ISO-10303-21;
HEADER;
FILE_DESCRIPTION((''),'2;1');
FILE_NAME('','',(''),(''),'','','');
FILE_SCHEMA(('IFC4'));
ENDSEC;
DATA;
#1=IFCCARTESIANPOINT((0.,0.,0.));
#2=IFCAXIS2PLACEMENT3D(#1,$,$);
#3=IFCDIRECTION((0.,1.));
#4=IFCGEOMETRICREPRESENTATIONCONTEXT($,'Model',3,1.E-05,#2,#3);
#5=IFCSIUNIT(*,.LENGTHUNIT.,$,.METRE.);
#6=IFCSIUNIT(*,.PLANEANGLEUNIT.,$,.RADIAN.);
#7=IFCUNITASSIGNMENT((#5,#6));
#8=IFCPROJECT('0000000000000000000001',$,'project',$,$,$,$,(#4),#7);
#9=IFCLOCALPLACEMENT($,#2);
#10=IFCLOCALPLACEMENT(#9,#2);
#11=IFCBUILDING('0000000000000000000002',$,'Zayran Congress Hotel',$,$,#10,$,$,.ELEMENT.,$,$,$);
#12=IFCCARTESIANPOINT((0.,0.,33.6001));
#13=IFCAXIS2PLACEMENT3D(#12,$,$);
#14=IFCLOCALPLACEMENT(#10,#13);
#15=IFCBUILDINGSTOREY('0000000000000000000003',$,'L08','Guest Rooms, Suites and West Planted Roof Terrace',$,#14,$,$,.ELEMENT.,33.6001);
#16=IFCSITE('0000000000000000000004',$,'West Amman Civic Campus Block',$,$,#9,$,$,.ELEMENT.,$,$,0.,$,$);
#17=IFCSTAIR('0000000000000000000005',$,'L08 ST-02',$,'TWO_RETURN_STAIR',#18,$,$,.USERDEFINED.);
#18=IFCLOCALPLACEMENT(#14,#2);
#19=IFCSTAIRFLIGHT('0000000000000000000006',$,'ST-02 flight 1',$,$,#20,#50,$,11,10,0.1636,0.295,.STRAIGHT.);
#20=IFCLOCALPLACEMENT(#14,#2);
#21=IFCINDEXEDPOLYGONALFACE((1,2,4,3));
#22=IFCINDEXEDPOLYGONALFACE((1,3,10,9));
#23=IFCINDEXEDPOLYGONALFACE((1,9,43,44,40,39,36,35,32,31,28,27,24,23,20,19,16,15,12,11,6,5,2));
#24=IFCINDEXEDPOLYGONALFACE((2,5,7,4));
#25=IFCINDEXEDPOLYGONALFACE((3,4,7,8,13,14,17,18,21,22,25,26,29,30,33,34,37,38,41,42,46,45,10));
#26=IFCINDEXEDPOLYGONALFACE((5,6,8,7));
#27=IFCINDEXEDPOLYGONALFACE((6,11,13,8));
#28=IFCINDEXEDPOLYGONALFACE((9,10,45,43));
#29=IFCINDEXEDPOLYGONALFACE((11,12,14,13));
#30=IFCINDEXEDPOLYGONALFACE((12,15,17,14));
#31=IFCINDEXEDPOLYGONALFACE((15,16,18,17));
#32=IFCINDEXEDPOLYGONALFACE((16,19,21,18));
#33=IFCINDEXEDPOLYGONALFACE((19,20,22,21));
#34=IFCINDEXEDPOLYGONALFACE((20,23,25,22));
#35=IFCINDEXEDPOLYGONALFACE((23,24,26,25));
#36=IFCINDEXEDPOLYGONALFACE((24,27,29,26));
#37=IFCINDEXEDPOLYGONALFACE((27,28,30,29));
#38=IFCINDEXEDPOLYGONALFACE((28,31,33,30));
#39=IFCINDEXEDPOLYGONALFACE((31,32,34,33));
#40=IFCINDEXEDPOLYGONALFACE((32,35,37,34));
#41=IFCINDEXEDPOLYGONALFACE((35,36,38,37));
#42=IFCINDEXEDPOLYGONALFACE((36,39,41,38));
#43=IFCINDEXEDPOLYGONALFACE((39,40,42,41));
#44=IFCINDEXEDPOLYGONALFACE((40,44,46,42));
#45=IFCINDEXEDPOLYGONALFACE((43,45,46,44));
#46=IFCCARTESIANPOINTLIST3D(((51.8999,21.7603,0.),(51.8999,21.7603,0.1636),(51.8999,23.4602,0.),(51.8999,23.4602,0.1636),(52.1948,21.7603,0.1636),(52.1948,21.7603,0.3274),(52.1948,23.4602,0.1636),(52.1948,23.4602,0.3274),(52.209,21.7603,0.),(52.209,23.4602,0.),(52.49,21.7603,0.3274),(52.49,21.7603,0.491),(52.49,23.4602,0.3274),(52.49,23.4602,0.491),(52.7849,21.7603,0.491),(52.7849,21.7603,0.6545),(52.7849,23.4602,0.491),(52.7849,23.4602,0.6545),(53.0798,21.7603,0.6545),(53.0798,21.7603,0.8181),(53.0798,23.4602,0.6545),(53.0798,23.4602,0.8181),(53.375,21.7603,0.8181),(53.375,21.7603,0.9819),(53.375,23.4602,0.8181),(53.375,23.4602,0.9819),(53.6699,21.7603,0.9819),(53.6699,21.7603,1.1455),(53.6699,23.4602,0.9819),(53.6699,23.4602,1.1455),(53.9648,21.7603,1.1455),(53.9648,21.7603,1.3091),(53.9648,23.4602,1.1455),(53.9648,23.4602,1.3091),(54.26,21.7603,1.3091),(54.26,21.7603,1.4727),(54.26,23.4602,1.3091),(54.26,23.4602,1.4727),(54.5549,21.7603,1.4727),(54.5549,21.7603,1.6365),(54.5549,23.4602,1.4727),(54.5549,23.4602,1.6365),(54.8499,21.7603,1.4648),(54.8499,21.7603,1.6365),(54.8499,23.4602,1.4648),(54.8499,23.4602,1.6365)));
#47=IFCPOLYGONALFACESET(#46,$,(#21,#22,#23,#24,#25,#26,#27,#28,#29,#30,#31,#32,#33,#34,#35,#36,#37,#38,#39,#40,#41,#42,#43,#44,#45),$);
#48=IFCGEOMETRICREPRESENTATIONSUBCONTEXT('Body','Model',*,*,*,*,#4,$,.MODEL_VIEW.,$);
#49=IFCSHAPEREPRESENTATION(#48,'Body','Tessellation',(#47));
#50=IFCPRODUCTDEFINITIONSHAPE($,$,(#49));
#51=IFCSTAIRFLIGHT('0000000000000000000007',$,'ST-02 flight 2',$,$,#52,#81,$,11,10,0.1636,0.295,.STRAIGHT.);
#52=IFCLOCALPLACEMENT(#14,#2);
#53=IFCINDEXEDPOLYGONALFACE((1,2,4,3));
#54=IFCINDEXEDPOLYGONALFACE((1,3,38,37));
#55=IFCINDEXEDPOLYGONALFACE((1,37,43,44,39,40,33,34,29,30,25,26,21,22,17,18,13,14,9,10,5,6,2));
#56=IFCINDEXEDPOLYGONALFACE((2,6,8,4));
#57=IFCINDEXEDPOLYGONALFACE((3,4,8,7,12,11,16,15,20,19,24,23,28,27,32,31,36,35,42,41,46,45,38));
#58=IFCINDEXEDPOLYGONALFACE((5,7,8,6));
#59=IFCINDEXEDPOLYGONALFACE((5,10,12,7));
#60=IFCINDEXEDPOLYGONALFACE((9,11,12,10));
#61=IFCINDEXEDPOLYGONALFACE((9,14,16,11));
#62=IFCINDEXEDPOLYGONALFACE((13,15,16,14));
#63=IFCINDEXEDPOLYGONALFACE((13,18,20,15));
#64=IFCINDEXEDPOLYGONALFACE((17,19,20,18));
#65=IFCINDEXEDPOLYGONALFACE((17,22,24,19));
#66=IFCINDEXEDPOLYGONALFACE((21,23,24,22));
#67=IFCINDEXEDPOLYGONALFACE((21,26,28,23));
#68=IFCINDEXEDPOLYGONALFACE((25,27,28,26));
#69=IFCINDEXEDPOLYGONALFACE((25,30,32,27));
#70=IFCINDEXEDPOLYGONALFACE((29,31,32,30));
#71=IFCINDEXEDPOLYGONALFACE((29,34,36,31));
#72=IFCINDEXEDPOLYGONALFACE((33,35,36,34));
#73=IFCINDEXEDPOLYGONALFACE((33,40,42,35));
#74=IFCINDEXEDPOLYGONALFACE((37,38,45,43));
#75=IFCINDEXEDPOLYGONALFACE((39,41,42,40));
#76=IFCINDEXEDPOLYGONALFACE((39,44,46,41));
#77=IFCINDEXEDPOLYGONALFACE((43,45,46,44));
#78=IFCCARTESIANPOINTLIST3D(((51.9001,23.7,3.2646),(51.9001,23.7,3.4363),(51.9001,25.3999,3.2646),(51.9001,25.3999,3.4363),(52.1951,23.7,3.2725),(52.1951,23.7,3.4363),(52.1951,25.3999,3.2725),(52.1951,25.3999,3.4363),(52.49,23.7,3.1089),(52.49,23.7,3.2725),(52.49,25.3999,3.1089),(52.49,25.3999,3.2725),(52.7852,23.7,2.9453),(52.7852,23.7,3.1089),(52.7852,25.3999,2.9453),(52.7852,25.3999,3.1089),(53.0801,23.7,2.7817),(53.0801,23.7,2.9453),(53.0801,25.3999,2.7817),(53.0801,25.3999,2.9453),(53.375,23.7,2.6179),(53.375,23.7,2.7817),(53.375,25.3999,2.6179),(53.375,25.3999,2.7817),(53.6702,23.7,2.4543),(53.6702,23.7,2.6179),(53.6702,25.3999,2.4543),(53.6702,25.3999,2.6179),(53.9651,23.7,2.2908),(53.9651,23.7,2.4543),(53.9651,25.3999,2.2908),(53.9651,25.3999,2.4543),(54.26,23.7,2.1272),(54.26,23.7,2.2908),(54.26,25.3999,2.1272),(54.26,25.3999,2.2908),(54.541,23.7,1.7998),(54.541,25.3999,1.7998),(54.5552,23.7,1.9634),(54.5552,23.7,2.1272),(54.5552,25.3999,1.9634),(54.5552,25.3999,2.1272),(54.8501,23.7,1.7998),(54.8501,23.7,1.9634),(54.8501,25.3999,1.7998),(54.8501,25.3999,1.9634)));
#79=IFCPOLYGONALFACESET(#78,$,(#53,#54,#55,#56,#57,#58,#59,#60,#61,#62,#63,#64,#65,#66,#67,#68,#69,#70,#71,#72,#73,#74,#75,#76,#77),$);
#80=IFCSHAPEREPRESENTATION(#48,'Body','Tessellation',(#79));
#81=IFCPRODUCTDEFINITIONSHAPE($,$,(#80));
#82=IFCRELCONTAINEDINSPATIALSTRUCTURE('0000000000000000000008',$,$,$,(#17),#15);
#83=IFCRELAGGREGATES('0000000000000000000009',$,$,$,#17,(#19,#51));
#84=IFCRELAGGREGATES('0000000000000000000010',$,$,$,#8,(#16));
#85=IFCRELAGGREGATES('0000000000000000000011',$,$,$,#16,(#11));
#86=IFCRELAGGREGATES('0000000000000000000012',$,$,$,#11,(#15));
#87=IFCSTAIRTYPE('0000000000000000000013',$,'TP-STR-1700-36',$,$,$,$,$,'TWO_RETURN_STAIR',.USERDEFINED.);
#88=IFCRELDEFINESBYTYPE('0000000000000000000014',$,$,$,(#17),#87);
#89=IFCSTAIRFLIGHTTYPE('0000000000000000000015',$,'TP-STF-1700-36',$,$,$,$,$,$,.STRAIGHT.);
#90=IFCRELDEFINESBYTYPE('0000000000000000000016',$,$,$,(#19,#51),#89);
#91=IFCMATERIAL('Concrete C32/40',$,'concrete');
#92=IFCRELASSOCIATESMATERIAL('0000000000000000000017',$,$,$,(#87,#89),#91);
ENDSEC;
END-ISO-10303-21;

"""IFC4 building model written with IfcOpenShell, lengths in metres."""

from ifc_helpers import new_model, si_unit, direction, frame, origin, place, context, subcontext, project, spatial, polyline, outline, extrude, material, type_object, element, aggregate, save


model = new_model("IFC4")

# Units and contexts
model_context = context("Model", 3, precision=1e-05, world=origin(), true_north=direction((0.0, 1.0)))
body_context = subcontext(model_context, "Body", "Model", "MODEL_VIEW")
ifc_project = project(units=[si_unit("LENGTHUNIT", "METRE"), si_unit("PLANEANGLEUNIT", "RADIAN")], contexts=[model_context])

# Site, building, storey
site_placement = place(None, origin())
site = spatial("IfcSite", under=ifc_project, at=site_placement, Name="West Amman Civic Campus Block", CompositionType="ELEMENT", RefElevation=0.0)
building_placement = place(site_placement, origin())
building = spatial("IfcBuilding", under=site, at=building_placement, Name="Zayran Congress Hotel", CompositionType="ELEMENT")
storey_placement = place(building_placement, frame((0.0, 0.0, 33.6001)))
storey = spatial("IfcBuildingStorey", under=building, at=storey_placement, Name="L08", Description="Guest Rooms, Suites and West Planted Roof Terrace", CompositionType="ELEMENT", Elevation=33.6001)

# Stair, stair flights
ifc_material_1 = material(Name="Concrete C32/40", Category="concrete")
stair_type = type_object("IfcStairType", Name="TP-STR-1700-36", ElementType="TWO_RETURN_STAIR", PredefinedType="USERDEFINED", material=ifc_material_1)
stair_placement = place(storey_placement, origin())
stair = element("IfcStair", 1, at=stair_placement, inside=storey, type_object=stair_type, Name="L08 ST-02", ObjectType="TWO_RETURN_STAIR", PredefinedType="USERDEFINED")
stair_flight_type = type_object("IfcStairFlightType", Name="TP-STF-1700-36", PredefinedType="STRAIGHT", material=ifc_material_1)
stair_flight_1_placement = place(storey_placement, frame((51.8999, 22.6101, 0.0), z_axis=(0.0, 0.0, 1.0), x_axis=(1.0, 0.0, 0.0)))
stair_flight_1 = element("IfcStairFlight", 2, at=stair_flight_1_placement, type_object=stair_flight_type, Name="ST-02 flight 1", NumberOfRisers=11, NumberOfTreads=10, PredefinedType="STRAIGHT", RiserHeight=0.1636, TreadLength=0.295, context=body_context, shape_type="SweptSolid", body=[
    extrude(outline(polyline([(0.0, 0.0), (0.0, 0.1636), (0.2949, 0.1636), (0.2949, 0.3274), (0.5901, 0.3274), (0.5901, 0.491), (0.885, 0.491), (0.885, 0.6545), (1.1799, 0.6545), (1.1799, 0.8181), (1.4751, 0.8181), (1.4751, 0.9819), (1.77, 0.9819), (1.77, 1.1455), (2.0649, 1.1455), (2.0649, 1.3091), (2.3601, 1.3091), (2.3601, 1.4727), (2.655, 1.4727), (2.655, 1.6365), (2.95, 1.6365), (2.95, 1.8), (2.95, 1.4648), (0.3091, 0.0), (0.0, 0.0)])), frame((0.0, 0.8501, 0.0), z_axis=(0.0, -1.0, 0.0), x_axis=(1.0, 0.0, 0.0)), (0.0, 0.0, 1.0), 1.7),
])
stair_flight_2_placement = place(storey_placement, frame((54.8501, 24.55, 1.7998), z_axis=(0.0, 0.0, 1.0), x_axis=(-1.0, 0.0, 0.0)))
stair_flight_2 = element("IfcStairFlight", 3, at=stair_flight_2_placement, type_object=stair_flight_type, Name="ST-02 flight 2", NumberOfRisers=11, NumberOfTreads=10, PredefinedType="STRAIGHT", RiserHeight=0.1636, TreadLength=0.295, context=body_context, shape_type="SweptSolid", body=[
    extrude(outline(polyline([(0.0, 0.0), (0.0, 0.1636), (0.2949, 0.1636), (0.2949, 0.3274), (0.5901, 0.3274), (0.5901, 0.491), (0.885, 0.491), (0.885, 0.6545), (1.1799, 0.6545), (1.1799, 0.8181), (1.4751, 0.8181), (1.4751, 0.9819), (1.77, 0.9819), (1.77, 1.1455), (2.0649, 1.1455), (2.0649, 1.3091), (2.3601, 1.3091), (2.3601, 1.4727), (2.655, 1.4727), (2.655, 1.6365), (2.95, 1.6365), (2.95, 1.8), (2.95, 1.4648), (0.3091, 0.0), (0.0, 0.0)])), frame((0.0, 0.8501, 0.0), z_axis=(0.0, -1.0, 0.0), x_axis=(1.0, 0.0, 0.0)), (0.0, 0.0, 1.0), 1.7),
])
aggregate(stair, [stair_flight_1, stair_flight_2])

save(model, "model.ifc")
